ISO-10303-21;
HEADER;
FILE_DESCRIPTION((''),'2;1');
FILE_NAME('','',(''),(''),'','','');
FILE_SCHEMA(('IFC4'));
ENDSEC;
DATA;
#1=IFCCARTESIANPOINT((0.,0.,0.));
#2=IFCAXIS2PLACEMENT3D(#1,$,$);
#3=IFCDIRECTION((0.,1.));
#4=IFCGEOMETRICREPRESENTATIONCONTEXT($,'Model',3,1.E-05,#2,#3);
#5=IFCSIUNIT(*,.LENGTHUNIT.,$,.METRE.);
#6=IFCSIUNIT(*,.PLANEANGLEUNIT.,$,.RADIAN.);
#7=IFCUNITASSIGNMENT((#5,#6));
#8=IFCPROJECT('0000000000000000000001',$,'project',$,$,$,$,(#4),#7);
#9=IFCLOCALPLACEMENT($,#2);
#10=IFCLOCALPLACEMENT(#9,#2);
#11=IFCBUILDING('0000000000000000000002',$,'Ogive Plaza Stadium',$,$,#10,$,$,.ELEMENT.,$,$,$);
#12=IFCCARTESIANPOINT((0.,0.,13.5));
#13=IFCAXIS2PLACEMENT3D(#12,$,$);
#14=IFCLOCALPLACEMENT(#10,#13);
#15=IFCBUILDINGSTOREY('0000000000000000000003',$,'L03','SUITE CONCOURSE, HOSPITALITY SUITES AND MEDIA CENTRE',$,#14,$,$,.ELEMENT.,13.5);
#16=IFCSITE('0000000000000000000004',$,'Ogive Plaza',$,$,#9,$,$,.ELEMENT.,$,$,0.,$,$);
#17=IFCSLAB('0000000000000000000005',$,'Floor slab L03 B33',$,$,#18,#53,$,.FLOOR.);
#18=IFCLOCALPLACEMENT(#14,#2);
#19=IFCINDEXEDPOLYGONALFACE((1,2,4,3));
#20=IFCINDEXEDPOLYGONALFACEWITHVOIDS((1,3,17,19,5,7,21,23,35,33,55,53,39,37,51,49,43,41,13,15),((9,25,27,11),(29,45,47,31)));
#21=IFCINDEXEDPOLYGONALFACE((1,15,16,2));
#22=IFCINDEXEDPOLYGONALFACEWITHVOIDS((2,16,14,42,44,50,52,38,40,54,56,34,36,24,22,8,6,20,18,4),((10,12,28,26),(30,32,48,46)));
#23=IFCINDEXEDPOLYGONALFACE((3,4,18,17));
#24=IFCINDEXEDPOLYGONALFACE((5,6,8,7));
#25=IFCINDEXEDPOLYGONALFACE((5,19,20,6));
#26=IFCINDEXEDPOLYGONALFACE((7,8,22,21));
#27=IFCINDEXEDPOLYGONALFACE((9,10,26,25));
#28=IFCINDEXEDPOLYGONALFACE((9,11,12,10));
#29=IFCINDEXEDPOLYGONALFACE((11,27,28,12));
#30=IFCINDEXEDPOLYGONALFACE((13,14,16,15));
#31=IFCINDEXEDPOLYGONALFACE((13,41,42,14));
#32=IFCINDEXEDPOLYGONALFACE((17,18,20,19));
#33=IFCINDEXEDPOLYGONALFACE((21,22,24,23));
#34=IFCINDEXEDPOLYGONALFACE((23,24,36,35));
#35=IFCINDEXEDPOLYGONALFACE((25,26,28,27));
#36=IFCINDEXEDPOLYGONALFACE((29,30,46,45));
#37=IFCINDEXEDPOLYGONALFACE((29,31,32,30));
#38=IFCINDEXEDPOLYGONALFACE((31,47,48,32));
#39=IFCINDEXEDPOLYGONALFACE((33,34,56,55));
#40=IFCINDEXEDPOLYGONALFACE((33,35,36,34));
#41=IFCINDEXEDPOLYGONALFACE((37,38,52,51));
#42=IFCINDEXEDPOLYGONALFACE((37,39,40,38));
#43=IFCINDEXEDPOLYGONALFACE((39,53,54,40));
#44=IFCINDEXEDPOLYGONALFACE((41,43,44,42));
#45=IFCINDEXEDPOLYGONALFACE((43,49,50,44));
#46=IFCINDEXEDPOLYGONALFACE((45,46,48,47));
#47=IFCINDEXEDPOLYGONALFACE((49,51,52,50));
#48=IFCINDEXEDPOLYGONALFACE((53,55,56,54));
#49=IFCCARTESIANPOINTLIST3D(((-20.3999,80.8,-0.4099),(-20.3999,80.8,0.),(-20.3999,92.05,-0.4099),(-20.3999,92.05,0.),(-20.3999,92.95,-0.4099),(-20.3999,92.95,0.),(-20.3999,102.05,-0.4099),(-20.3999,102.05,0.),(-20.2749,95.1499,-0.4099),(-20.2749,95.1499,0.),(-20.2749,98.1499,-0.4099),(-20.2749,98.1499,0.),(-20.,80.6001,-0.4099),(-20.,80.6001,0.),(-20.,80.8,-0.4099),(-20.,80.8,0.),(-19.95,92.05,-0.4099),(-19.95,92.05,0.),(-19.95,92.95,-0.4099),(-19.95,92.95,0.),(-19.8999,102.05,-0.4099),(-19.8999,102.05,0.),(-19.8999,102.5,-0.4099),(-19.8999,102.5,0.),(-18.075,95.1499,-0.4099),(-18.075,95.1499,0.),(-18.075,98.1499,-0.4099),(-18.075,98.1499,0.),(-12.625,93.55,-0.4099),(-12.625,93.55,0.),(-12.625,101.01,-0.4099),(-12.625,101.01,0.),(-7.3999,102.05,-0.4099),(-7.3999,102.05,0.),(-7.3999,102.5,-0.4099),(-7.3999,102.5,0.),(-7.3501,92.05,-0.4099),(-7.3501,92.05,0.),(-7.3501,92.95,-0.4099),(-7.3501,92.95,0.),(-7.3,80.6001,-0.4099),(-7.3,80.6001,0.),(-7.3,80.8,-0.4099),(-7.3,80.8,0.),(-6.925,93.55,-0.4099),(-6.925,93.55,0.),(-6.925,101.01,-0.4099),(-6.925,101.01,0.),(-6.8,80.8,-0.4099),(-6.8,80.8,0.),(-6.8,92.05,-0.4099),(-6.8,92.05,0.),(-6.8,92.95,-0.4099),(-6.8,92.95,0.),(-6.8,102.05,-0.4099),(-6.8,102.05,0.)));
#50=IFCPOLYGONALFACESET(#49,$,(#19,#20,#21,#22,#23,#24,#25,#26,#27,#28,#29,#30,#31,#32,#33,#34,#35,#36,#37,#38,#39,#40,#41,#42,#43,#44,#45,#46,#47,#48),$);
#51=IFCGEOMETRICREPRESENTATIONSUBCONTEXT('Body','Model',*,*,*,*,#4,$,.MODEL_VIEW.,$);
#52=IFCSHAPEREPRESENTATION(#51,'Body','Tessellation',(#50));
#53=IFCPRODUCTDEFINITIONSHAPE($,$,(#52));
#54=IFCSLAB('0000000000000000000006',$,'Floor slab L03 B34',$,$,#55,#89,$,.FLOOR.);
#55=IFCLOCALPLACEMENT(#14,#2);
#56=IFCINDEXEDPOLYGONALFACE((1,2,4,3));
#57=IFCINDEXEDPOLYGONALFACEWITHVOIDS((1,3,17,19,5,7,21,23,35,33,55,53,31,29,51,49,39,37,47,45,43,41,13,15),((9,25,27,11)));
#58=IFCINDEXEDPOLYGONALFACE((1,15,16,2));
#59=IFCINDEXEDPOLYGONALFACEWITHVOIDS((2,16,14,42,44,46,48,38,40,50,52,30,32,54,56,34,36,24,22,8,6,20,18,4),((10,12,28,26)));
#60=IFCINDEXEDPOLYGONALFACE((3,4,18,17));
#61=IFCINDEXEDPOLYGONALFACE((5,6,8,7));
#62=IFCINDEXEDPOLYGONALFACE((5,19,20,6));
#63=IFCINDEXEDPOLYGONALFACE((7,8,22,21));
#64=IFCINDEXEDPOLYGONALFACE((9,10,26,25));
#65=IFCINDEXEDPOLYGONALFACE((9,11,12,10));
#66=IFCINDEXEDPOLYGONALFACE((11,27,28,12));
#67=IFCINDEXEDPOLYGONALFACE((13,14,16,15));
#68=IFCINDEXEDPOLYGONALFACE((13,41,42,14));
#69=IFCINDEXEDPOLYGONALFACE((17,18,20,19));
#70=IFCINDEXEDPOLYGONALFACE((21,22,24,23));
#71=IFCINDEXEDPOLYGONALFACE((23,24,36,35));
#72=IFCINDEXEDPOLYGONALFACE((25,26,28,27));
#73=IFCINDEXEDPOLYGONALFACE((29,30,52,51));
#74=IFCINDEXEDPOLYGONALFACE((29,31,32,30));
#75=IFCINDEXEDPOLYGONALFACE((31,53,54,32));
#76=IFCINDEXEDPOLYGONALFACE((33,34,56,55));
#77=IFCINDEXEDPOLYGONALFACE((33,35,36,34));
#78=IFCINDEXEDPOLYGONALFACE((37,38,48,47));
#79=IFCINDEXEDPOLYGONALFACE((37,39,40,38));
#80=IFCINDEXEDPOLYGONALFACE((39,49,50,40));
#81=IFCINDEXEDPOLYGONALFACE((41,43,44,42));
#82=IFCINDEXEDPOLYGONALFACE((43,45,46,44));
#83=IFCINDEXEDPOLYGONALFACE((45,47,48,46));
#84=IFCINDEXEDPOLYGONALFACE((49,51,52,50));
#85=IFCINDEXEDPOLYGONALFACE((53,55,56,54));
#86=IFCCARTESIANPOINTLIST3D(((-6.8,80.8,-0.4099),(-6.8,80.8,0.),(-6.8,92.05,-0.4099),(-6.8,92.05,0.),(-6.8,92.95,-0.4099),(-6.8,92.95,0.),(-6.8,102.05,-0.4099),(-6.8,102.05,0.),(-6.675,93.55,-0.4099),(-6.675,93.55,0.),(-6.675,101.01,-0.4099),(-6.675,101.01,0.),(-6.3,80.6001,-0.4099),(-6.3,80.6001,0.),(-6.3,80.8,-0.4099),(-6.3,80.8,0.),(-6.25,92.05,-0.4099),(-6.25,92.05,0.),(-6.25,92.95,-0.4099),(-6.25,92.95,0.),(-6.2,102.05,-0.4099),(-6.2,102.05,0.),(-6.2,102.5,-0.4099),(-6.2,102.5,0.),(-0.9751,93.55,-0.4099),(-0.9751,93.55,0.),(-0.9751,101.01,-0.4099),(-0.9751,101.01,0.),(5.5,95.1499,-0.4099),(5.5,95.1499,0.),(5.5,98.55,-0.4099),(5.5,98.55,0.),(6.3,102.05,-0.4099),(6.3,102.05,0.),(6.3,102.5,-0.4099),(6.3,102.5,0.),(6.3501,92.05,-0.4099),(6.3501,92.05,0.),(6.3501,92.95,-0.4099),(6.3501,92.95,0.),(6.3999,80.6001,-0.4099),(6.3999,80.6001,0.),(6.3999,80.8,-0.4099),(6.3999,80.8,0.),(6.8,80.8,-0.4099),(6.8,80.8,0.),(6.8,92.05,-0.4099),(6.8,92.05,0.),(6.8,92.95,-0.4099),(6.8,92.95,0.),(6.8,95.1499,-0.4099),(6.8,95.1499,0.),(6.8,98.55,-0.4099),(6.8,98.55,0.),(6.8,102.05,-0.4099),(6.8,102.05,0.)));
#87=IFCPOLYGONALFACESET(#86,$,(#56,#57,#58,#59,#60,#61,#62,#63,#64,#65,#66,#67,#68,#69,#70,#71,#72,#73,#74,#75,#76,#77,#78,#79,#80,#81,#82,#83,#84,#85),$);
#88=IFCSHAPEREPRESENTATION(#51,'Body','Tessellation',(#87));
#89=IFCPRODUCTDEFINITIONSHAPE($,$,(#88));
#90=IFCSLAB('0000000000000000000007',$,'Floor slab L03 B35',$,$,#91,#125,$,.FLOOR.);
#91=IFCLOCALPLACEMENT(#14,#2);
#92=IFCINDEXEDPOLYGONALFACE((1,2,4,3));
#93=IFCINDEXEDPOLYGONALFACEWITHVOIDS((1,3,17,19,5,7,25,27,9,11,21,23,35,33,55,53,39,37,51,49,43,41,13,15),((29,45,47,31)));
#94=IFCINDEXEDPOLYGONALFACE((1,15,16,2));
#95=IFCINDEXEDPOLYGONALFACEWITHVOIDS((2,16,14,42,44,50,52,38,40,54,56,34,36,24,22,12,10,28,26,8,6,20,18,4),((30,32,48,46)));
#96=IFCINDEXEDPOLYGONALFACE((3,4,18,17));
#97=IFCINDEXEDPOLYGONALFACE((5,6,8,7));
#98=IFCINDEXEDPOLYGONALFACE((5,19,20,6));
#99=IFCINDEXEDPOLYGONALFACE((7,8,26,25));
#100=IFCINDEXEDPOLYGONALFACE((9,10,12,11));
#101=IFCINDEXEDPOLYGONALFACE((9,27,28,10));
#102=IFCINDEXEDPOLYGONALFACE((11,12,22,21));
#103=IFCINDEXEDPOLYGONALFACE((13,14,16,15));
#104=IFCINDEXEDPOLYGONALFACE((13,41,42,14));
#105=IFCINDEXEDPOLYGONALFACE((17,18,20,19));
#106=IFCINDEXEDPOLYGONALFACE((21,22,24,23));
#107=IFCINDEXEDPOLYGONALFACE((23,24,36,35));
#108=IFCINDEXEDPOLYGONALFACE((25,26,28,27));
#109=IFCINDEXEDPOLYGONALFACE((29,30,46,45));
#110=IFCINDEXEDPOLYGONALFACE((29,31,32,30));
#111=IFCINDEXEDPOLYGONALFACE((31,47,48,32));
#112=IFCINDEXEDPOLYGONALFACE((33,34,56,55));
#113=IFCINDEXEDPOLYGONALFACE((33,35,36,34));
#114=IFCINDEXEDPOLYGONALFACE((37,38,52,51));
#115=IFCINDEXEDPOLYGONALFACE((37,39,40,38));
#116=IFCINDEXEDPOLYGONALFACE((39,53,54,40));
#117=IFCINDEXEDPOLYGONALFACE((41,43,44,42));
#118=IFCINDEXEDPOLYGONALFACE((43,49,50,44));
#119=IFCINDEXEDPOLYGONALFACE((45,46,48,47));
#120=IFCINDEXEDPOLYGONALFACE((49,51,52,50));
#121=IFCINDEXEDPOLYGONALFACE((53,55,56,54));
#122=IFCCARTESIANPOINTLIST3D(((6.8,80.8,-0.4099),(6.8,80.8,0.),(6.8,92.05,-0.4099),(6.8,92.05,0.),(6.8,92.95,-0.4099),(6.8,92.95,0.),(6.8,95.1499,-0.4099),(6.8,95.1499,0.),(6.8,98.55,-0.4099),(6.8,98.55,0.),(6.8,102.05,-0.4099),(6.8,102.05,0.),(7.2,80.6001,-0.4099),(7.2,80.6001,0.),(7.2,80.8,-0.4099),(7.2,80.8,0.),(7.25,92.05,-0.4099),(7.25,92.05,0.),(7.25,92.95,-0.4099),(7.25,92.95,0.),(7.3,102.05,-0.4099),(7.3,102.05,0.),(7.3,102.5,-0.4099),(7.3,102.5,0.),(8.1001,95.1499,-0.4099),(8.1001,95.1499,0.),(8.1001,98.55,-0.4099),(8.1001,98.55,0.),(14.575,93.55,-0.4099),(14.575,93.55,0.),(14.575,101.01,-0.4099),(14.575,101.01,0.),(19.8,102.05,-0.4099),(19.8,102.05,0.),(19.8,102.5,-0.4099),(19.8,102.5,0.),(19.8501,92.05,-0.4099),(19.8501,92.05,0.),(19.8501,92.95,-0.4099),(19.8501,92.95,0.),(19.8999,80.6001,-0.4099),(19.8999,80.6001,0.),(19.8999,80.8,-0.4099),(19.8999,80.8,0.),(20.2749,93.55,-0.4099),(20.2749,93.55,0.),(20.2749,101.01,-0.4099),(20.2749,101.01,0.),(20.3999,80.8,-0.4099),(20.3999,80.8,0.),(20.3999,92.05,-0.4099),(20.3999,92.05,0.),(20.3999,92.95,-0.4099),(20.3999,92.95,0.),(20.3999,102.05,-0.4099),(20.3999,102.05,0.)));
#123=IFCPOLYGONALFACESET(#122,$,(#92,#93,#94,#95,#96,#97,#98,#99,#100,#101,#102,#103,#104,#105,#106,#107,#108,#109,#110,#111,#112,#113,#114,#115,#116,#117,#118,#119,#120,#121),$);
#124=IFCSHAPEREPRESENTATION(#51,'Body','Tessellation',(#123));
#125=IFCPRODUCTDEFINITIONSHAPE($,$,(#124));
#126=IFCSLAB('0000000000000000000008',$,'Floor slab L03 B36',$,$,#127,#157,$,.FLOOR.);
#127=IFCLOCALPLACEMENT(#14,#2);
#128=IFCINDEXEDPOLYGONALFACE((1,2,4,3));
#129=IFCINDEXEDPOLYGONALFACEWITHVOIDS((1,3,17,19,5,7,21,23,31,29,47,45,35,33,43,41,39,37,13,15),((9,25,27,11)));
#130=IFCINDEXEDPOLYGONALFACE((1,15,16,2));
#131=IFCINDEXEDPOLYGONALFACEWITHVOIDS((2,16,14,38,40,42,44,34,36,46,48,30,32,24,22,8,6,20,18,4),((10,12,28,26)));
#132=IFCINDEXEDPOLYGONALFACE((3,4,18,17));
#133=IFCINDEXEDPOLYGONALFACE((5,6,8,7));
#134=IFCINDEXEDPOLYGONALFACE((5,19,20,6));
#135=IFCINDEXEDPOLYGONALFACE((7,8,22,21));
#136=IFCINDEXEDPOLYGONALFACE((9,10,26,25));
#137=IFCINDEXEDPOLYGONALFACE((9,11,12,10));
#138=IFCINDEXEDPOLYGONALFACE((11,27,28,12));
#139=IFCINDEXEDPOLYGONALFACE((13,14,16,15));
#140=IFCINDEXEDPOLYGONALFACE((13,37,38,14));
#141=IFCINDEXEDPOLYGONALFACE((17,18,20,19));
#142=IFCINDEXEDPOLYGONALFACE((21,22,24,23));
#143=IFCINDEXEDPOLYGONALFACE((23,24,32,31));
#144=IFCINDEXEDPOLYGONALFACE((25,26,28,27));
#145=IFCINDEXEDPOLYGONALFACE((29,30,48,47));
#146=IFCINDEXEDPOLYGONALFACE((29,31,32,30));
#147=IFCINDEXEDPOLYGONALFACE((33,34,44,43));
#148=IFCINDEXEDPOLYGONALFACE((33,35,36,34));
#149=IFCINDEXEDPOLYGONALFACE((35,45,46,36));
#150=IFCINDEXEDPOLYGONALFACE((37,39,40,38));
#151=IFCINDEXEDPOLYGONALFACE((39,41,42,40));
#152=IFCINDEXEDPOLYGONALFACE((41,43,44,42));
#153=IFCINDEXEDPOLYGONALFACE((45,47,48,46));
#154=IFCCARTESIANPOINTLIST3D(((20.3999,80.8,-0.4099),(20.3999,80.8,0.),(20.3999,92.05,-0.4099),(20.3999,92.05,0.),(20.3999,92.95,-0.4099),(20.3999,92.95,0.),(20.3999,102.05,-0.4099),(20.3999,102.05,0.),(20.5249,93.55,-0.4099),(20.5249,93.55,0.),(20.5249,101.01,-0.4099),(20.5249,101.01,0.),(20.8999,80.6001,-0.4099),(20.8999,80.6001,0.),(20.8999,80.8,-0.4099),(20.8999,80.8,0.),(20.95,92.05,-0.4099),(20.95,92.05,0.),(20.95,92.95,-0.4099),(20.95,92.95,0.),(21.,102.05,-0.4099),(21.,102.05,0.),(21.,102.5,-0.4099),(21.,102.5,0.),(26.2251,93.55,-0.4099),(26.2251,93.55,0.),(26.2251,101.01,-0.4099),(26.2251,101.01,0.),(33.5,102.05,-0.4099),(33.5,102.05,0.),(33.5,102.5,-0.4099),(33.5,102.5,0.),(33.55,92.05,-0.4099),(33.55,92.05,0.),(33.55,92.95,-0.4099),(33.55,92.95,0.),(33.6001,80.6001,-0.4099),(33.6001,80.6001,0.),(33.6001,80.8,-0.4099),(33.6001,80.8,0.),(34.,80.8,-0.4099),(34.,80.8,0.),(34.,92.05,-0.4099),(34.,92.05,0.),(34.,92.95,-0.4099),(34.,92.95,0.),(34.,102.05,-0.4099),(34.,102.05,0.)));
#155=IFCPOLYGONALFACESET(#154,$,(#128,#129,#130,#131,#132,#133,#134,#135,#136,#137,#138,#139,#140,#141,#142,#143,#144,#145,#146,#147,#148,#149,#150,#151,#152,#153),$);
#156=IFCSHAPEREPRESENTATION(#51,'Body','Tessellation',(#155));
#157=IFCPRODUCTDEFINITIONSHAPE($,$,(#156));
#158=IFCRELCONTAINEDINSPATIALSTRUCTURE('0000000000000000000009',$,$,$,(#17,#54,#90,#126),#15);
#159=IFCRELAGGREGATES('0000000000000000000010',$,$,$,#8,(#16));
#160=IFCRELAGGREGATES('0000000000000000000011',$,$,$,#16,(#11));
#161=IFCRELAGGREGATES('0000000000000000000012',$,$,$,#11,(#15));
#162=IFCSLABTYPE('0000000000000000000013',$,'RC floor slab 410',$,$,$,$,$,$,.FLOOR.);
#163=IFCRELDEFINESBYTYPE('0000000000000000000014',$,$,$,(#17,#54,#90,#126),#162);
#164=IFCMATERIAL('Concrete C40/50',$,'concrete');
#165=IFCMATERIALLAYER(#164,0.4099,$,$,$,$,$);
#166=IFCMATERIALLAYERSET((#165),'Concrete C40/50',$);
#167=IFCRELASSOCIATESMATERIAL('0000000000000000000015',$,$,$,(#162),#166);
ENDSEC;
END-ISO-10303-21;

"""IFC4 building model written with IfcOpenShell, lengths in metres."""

from ifc_helpers import new_model, si_unit, direction, frame, origin, place, context, subcontext, project, spatial, polyline, outline, extrude, material, layer, layer_set, type_object, element, save


model = new_model("IFC4")

# Units and contexts
model_context = context("Model", 3, precision=1e-05, world=origin(), true_north=direction((0.0, 1.0)))
body_context = subcontext(model_context, "Body", "Model", "MODEL_VIEW")
ifc_project = project(units=[si_unit("LENGTHUNIT", "METRE"), si_unit("PLANEANGLEUNIT", "RADIAN")], contexts=[model_context])

# Site, building, storey
site_placement = place(None, origin())
site = spatial("IfcSite", under=ifc_project, at=site_placement, Name="Ogive Plaza", CompositionType="ELEMENT", RefElevation=0.0)
building_placement = place(site_placement, origin())
building = spatial("IfcBuilding", under=site, at=building_placement, Name="Ogive Plaza Stadium", CompositionType="ELEMENT")
storey_placement = place(building_placement, frame((0.0, 0.0, 13.5)))
storey = spatial("IfcBuildingStorey", under=building, at=storey_placement, Name="L03", Description="SUITE CONCOURSE, HOSPITALITY SUITES AND MEDIA CENTRE", CompositionType="ELEMENT", Elevation=13.5)

# Slabs
ifc_material_1 = material(Name="Concrete C40/50", Category="concrete")
ifc_layer_1 = layer(ifc_material_1, 0.4099)
ifc_layer_set_1 = layer_set([ifc_layer_1], Name="Concrete C40/50")
slab_type = type_object("IfcSlabType", Name="RC floor slab 410", PredefinedType="FLOOR", material=ifc_layer_set_1)
slab_1_placement = place(storey_placement, frame((0.0, 0.0, -0.4099)))
element("IfcSlab", 1, at=slab_1_placement, inside=storey, type_object=slab_type, Name="Floor slab L03 B33", PredefinedType="FLOOR", context=body_context, shape_type="SweptSolid", body=[
    extrude(outline(polyline([(-6.8, 92.05), (-7.3501, 92.05), (-7.3501, 92.95), (-6.8, 92.95), (-6.8, 102.05), (-7.3999, 102.05), (-7.3999, 102.5), (-19.8999, 102.5), (-19.8999, 102.05), (-20.3999, 102.05), (-20.3999, 92.95), (-19.95, 92.95), (-19.95, 92.05), (-20.3999, 92.05), (-20.3999, 80.8), (-20.0, 80.8), (-20.0, 80.6001), (-7.3, 80.6001), (-7.3, 80.8), (-6.8, 80.8), (-6.8, 92.05)]), holes=[polyline([(-20.2749, 95.1499), (-18.075, 95.1499), (-18.075, 98.1499), (-20.2749, 98.1499), (-20.2749, 95.1499)]), polyline([(-12.625, 93.55), (-6.925, 93.55), (-6.925, 101.01), (-12.625, 101.01), (-12.625, 93.55)])]), origin(), (0.0, 0.0, 1.0), 0.4099),
])
slab_2_placement = place(storey_placement, frame((0.0, 0.0, -0.4099)))
element("IfcSlab", 2, at=slab_2_placement, inside=storey, type_object=slab_type, Name="Floor slab L03 B34", PredefinedType="FLOOR", context=body_context, shape_type="SweptSolid", body=[
    extrude(outline(polyline([(6.8, 92.05), (6.3501, 92.05), (6.3501, 92.95), (6.8, 92.95), (6.8, 95.1499), (5.5, 95.1499), (5.5, 98.55), (6.8, 98.55), (6.8, 102.05), (6.3, 102.05), (6.3, 102.5), (-6.2, 102.5), (-6.2, 102.05), (-6.8, 102.05), (-6.8, 92.95), (-6.25, 92.95), (-6.25, 92.05), (-6.8, 92.05), (-6.8, 80.8), (-6.3, 80.8), (-6.3, 80.6001), (6.3999, 80.6001), (6.3999, 80.8), (6.8, 80.8), (6.8, 92.05)]), holes=[polyline([(-6.675, 93.55), (-0.9751, 93.55), (-0.9751, 101.01), (-6.675, 101.01), (-6.675, 93.55)])]), origin(), (0.0, 0.0, 1.0), 0.4099),
])
slab_3_placement = place(storey_placement, frame((0.0, 0.0, -0.4099)))
element("IfcSlab", 3, at=slab_3_placement, inside=storey, type_object=slab_type, Name="Floor slab L03 B35", PredefinedType="FLOOR", context=body_context, shape_type="SweptSolid", body=[
    extrude(outline(polyline([(20.3999, 92.05), (19.8501, 92.05), (19.8501, 92.95), (20.3999, 92.95), (20.3999, 102.05), (19.8, 102.05), (19.8, 102.5), (7.3, 102.5), (7.3, 102.05), (6.8, 102.05), (6.8, 98.55), (8.1001, 98.55), (8.1001, 95.1499), (6.8, 95.1499), (6.8, 92.95), (7.25, 92.95), (7.25, 92.05), (6.8, 92.05), (6.8, 80.8), (7.2, 80.8), (7.2, 80.6001), (19.8999, 80.6001), (19.8999, 80.8), (20.3999, 80.8), (20.3999, 92.05)]), holes=[polyline([(14.575, 93.55), (20.2749, 93.55), (20.2749, 101.01), (14.575, 101.01), (14.575, 93.55)])]), origin(), (0.0, 0.0, 1.0), 0.4099),
])
slab_4_placement = place(storey_placement, frame((0.0, 0.0, -0.4099)))
element("IfcSlab", 4, at=slab_4_placement, inside=storey, type_object=slab_type, Name="Floor slab L03 B36", PredefinedType="FLOOR", context=body_context, shape_type="SweptSolid", body=[
    extrude(outline(polyline([(34.0, 92.05), (33.55, 92.05), (33.55, 92.95), (34.0, 92.95), (34.0, 102.05), (33.5, 102.05), (33.5, 102.5), (21.0, 102.5), (21.0, 102.05), (20.3999, 102.05), (20.3999, 92.95), (20.95, 92.95), (20.95, 92.05), (20.3999, 92.05), (20.3999, 80.8), (20.8999, 80.8), (20.8999, 80.6001), (33.6001, 80.6001), (33.6001, 80.8), (34.0, 80.8), (34.0, 92.05)]), holes=[polyline([(20.5249, 93.55), (26.2251, 93.55), (26.2251, 101.01), (20.5249, 101.01), (20.5249, 93.55)])]), origin(), (0.0, 0.0, 1.0), 0.4099),
])

save(model, "model.ifc")
